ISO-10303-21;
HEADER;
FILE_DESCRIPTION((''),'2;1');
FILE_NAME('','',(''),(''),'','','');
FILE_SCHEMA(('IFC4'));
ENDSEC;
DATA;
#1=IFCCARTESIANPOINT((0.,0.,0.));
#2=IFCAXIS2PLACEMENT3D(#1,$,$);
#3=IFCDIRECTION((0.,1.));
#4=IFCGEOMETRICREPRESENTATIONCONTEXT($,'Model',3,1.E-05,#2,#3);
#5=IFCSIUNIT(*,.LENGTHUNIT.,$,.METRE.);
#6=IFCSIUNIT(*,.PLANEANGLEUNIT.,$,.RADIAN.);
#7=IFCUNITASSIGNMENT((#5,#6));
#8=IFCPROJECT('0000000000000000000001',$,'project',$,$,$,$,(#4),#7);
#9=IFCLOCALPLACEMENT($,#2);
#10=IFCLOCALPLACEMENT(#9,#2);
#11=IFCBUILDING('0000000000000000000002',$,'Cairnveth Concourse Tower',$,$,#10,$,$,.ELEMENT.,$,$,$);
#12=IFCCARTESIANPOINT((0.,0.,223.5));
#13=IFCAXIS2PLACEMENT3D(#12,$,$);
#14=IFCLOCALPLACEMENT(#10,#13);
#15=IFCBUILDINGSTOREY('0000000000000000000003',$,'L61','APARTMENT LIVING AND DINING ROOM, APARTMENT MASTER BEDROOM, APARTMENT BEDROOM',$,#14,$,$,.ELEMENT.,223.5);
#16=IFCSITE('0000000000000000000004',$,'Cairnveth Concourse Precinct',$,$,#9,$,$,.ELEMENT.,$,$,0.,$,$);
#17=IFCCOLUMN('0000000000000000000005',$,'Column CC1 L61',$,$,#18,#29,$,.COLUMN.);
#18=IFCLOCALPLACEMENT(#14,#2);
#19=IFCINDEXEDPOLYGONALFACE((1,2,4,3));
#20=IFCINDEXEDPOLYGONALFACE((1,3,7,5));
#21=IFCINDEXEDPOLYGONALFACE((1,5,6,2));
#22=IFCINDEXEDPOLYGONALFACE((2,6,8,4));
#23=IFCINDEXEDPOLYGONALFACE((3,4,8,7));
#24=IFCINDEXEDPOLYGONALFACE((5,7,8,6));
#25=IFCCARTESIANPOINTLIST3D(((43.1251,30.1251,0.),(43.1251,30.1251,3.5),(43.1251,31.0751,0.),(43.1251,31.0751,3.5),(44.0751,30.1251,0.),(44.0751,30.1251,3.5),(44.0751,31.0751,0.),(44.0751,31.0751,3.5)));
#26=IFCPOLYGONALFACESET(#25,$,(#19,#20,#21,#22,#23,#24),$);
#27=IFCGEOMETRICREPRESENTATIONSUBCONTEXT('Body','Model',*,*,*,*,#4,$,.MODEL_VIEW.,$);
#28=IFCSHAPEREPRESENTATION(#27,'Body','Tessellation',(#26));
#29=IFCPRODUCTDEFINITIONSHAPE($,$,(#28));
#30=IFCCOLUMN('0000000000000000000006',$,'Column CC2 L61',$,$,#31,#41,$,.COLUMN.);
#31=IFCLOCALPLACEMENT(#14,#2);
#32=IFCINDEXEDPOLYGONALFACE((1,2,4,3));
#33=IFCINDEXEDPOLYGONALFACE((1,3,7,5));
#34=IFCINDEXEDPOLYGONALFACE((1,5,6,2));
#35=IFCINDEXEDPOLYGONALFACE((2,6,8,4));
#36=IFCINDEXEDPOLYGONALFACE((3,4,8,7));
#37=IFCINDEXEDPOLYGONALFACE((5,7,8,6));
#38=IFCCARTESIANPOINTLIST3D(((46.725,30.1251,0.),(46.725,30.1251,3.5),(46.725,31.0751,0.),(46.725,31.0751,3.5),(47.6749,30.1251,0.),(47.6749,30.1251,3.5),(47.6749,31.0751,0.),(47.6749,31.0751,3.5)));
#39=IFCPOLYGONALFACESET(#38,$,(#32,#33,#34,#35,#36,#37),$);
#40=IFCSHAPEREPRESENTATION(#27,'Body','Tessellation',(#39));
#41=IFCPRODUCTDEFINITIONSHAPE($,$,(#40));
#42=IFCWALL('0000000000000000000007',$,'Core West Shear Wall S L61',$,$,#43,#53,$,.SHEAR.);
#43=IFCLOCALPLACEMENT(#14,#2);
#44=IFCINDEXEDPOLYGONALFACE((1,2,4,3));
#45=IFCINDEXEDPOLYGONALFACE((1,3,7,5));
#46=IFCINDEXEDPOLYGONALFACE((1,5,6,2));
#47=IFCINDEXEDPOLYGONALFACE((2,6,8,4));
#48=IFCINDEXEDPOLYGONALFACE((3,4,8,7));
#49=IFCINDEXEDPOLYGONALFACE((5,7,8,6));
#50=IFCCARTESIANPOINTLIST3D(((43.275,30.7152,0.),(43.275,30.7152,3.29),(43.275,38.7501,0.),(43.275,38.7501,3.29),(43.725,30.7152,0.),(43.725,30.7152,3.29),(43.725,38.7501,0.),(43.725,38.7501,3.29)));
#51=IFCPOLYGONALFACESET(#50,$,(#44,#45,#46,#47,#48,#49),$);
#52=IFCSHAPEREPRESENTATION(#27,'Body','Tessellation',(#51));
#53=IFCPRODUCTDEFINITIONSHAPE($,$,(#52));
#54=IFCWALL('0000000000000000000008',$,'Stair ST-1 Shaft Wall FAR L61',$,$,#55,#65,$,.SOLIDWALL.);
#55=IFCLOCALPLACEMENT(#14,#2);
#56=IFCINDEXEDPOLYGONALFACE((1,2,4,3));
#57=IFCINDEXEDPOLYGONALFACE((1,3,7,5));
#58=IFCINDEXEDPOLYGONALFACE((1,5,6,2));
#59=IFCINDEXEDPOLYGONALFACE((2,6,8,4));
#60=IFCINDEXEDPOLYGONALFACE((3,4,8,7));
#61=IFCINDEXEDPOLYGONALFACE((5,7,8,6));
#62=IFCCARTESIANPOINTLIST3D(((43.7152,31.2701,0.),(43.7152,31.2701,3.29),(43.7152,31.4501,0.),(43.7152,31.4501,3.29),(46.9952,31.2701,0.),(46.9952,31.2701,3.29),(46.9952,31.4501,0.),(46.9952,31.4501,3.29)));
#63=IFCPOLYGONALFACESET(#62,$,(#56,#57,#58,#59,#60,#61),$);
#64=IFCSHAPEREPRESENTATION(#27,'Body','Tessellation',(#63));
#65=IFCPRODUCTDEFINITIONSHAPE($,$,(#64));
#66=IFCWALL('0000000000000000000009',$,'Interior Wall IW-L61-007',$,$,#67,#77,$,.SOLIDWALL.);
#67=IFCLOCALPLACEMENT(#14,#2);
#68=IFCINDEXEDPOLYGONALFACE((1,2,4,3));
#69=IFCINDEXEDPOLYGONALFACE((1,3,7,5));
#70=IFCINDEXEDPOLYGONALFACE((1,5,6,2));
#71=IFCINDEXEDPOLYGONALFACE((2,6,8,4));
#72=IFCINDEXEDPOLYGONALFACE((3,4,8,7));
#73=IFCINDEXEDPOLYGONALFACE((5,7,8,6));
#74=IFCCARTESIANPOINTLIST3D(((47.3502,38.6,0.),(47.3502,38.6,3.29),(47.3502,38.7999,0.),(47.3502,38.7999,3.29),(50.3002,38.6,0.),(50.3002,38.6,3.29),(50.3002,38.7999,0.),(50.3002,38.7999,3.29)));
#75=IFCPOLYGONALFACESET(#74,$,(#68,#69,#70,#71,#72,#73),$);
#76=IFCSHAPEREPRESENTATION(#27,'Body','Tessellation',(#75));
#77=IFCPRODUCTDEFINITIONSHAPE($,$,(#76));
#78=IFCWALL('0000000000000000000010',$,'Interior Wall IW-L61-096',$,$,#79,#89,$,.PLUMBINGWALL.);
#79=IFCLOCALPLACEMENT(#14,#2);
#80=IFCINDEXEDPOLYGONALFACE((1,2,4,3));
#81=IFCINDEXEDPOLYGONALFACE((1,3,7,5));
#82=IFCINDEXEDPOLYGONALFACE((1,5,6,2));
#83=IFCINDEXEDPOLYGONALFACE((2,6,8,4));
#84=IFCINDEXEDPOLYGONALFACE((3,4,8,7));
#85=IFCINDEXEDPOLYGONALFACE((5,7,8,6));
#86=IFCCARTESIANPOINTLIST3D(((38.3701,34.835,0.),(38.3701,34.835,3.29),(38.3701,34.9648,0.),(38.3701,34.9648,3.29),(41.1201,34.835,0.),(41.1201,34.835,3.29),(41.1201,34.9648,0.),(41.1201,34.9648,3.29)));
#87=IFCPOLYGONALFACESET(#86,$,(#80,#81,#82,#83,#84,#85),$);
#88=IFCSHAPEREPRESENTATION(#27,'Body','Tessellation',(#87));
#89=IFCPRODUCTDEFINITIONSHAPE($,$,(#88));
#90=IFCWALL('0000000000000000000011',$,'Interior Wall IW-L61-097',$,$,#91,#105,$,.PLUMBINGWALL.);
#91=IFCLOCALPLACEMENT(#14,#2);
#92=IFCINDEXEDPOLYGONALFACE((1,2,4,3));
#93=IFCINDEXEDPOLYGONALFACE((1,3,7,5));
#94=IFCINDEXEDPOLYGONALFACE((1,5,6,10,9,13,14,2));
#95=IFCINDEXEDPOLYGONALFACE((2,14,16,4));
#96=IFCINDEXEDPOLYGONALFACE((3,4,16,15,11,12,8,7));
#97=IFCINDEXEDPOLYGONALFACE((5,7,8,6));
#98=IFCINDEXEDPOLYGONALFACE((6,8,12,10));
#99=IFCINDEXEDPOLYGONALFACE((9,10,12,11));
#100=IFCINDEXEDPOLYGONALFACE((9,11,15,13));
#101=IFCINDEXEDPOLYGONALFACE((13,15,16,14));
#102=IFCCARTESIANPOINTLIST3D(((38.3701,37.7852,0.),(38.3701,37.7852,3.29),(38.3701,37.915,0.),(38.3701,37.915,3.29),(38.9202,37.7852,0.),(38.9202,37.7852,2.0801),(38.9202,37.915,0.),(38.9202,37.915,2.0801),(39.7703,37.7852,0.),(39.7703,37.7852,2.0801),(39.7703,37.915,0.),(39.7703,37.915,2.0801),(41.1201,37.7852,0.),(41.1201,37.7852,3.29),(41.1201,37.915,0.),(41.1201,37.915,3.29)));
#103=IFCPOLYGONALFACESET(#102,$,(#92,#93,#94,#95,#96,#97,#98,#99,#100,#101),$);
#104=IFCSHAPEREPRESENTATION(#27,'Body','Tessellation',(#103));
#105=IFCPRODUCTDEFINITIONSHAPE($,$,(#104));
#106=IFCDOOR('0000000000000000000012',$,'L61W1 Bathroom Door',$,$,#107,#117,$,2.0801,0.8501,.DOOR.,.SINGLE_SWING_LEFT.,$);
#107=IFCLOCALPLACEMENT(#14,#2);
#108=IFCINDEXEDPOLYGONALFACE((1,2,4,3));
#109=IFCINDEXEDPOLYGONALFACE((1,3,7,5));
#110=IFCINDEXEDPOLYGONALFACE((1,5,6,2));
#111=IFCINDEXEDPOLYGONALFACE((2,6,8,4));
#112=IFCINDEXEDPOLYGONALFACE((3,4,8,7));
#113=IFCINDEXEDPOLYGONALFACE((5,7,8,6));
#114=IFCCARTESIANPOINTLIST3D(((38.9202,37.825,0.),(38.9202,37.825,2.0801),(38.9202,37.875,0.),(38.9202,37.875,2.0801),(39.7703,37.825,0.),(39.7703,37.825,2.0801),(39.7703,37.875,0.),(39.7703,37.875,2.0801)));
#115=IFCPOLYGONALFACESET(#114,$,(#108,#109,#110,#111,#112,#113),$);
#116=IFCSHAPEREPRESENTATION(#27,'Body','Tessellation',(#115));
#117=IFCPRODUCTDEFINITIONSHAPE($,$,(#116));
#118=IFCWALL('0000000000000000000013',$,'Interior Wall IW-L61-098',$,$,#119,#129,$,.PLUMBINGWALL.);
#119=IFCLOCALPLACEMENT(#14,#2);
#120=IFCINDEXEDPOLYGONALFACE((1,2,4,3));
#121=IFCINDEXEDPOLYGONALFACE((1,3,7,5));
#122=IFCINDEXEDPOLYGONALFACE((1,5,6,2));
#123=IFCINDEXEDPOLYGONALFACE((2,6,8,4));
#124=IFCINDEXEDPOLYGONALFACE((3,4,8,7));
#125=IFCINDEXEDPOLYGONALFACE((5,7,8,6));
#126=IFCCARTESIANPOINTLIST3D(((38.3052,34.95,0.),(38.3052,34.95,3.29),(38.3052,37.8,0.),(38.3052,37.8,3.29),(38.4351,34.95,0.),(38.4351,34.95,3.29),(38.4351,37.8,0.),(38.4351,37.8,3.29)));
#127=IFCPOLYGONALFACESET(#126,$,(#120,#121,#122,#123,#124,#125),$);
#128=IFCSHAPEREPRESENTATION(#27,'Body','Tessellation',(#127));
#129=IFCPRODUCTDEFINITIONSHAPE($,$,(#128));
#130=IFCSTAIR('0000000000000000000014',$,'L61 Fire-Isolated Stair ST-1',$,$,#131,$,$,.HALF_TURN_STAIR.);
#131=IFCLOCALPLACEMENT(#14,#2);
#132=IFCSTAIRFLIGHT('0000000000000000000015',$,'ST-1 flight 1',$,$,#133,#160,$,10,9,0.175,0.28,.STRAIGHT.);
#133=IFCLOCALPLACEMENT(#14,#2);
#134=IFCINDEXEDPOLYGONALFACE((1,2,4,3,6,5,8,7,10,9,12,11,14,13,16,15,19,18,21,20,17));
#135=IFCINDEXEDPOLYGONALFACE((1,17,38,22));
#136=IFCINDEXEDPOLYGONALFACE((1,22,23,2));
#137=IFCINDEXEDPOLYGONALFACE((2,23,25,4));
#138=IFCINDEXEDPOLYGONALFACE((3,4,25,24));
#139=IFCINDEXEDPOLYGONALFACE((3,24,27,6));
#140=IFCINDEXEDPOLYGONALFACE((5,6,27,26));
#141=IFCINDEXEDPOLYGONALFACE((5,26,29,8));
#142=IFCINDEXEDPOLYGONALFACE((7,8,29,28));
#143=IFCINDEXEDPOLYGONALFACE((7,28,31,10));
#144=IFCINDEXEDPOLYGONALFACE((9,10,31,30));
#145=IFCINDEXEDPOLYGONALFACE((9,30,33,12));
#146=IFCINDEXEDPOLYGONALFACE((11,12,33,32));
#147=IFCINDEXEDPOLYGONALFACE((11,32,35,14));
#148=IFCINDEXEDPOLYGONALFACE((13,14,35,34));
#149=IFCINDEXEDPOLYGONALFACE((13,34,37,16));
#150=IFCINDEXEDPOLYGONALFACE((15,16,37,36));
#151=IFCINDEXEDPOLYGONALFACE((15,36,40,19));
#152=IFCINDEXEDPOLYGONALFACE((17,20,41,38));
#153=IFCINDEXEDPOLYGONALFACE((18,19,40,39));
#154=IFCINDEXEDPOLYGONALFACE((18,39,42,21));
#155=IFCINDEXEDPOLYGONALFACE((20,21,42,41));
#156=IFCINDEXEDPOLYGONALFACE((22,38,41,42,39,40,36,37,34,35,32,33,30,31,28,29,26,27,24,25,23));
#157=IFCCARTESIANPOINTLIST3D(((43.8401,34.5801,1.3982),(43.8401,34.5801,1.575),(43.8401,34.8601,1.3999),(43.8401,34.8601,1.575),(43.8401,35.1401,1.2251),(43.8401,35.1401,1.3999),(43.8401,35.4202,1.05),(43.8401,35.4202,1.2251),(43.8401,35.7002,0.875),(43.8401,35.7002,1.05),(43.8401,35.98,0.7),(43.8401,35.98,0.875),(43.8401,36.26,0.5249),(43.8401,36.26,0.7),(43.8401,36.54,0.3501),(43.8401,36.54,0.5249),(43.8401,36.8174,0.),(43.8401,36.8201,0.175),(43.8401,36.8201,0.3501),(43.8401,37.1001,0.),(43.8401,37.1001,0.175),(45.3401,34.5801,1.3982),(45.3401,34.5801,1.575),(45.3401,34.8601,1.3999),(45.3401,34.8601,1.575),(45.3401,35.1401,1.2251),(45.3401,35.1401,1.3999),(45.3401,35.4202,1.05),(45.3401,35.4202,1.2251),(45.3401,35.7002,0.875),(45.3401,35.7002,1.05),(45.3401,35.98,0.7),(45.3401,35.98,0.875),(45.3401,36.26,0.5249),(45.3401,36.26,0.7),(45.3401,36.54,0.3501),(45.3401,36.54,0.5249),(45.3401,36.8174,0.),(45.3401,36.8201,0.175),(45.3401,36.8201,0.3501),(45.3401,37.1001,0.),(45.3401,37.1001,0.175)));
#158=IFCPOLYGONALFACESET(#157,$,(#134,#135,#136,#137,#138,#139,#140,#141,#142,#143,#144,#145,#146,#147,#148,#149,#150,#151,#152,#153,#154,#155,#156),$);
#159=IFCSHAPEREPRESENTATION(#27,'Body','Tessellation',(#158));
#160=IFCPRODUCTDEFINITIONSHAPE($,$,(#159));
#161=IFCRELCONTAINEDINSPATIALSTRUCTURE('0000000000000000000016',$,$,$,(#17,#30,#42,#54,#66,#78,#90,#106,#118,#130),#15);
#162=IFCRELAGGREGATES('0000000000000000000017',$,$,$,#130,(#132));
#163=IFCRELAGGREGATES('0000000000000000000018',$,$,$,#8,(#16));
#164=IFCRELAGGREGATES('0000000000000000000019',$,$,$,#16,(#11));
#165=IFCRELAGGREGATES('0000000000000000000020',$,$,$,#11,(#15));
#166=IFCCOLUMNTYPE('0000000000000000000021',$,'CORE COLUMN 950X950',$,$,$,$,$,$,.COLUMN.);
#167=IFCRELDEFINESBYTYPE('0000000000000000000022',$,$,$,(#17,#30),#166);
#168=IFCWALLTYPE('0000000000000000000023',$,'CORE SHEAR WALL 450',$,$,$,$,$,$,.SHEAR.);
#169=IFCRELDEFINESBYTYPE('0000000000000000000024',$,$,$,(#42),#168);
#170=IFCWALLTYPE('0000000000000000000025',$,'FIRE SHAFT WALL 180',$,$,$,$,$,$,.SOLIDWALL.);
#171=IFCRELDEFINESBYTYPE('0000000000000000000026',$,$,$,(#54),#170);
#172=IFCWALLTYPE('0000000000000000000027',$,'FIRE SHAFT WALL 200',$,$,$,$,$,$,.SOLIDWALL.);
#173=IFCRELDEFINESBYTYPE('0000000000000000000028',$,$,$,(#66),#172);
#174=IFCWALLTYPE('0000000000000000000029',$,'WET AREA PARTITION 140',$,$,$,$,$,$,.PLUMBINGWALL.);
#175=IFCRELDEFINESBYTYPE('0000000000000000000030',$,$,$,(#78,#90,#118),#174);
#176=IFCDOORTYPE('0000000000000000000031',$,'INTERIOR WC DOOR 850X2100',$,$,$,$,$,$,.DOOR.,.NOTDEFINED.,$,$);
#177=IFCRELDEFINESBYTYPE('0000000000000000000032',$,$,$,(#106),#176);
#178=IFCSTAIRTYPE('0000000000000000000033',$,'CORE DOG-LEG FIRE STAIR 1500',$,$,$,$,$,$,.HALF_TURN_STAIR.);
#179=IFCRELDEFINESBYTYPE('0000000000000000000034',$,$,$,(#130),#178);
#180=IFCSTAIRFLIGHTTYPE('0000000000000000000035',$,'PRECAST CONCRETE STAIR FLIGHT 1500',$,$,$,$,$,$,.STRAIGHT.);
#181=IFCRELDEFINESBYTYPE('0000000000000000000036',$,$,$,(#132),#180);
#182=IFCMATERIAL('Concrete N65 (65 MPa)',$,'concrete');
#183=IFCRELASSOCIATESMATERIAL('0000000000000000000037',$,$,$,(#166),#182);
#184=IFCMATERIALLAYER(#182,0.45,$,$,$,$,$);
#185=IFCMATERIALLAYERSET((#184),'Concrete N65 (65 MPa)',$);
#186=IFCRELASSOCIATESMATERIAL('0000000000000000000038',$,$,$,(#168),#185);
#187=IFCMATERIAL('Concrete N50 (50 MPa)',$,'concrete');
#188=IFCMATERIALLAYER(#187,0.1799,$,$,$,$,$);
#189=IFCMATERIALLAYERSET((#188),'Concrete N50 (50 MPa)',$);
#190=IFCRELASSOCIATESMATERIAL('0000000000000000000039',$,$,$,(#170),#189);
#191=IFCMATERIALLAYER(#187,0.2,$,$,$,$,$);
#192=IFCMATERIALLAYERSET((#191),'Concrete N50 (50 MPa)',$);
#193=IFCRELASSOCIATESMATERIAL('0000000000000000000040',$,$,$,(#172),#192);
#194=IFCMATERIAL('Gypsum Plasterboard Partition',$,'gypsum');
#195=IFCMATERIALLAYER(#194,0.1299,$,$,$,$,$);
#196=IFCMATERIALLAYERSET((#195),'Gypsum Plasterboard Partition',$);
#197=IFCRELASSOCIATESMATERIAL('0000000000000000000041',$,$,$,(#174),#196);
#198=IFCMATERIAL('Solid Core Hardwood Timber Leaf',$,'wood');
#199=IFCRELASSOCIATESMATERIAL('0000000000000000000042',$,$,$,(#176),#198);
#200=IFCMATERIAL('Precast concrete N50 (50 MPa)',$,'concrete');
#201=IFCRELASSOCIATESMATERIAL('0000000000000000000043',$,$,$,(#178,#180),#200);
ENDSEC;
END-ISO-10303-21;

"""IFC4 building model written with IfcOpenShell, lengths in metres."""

from ifc_helpers import new_model, si_unit, direction, frame, frame_2d, origin, origin_2d, place, context, subcontext, project, spatial, polyline, rectangle, outline, extrude, material, layer, layer_set, material_profile, profile_set, type_object, element, fill, aggregate, save


model = new_model("IFC4")

# Units and contexts
model_context = context("Model", 3, precision=1e-05, world=origin(), true_north=direction((0.0, 1.0)))
body_context = subcontext(model_context, "Body", "Model", "MODEL_VIEW")
ifc_project = project(units=[si_unit("LENGTHUNIT", "METRE"), si_unit("PLANEANGLEUNIT", "RADIAN")], contexts=[model_context])

# Site, building, storey
site_placement = place(None, origin())
site = spatial("IfcSite", under=ifc_project, at=site_placement, Name="Cairnveth Concourse Precinct", CompositionType="ELEMENT", RefElevation=0.0)
building_placement = place(site_placement, origin())
building = spatial("IfcBuilding", under=site, at=building_placement, Name="Cairnveth Concourse Tower", CompositionType="ELEMENT")
storey_placement = place(building_placement, frame((0.0, 0.0, 223.5)))
storey = spatial("IfcBuildingStorey", under=building, at=storey_placement, Name="L61", Description="APARTMENT LIVING AND DINING ROOM, APARTMENT MASTER BEDROOM, APARTMENT BEDROOM", CompositionType="ELEMENT", Elevation=223.5)

# Columns
ifc_material_1 = material(Name="Concrete N65 (65 MPa)", Category="concrete")
ifc_material_profile = material_profile(ifc_material_1, rectangle(XDim=0.95, YDim=0.95, at=origin_2d()), Name="RC-COL-950x950")
ifc_profile_set = profile_set([ifc_material_profile], Name="Concrete N65 (65 MPa)")
column_type = type_object("IfcColumnType", Name="CORE COLUMN 950X950", PredefinedType="COLUMN", material=ifc_profile_set)
for number, where, z_axis, x_axis, name in (
    (1, (43.6001, 30.6001, 0.0), (0.0, 0.0, 1.0), (1.0, 0.0, 0.0), "Column CC1 L61"),
    (2, (47.2, 30.6001, 0.0), (0.0, 0.0, 1.0), (1.0, 0.0, 0.0), "Column CC2 L61"),
):
    element("IfcColumn", number, at=place(storey_placement, frame(where, z_axis=z_axis, x_axis=x_axis)), inside=storey, type_object=column_type, Name=name, PredefinedType="COLUMN", context=body_context, shape_type="SweptSolid", body=[
        extrude(rectangle(XDim=0.95, YDim=0.95, at=origin_2d()), origin(), (0.0, 0.0, 1.0), 3.5),
    ])

# Wall
ifc_layer_1 = layer(ifc_material_1, 0.45)
ifc_layer_set_1 = layer_set([ifc_layer_1], Name="Concrete N65 (65 MPa)")
wall_type_1 = type_object("IfcWallType", Name="CORE SHEAR WALL 450", PredefinedType="SHEAR", material=ifc_layer_set_1)
wall_1_placement = place(storey_placement, frame((43.5, 30.7151, 0.0), z_axis=(0.0, 0.0, 1.0), x_axis=(0.0, 1.0, 0.0)))
element("IfcWall", 3, at=wall_1_placement, inside=storey, type_object=wall_type_1, Name="Core West Shear Wall S L61", PredefinedType="SHEAR", context=body_context, shape_type="SweptSolid", body=[
    extrude(rectangle(XDim=8.0349, YDim=0.45, at=frame_2d((4.0176, 0.0))), origin(), (0.0, 0.0, 1.0), 3.29),
])

# Shared definitions
ifc_material_2 = material(Name="Concrete N50 (50 MPa)", Category="concrete")
ifc_layer_2 = layer(ifc_material_2, 0.1799)
ifc_layer_set_2 = layer_set([ifc_layer_2], Name="Concrete N50 (50 MPa)")
wall_type_2 = type_object("IfcWallType", Name="FIRE SHAFT WALL 180", PredefinedType="SOLIDWALL", material=ifc_layer_set_2)

# Walls
wall_2_placement = place(storey_placement, frame((43.7151, 31.3601, 0.0), z_axis=(0.0, 0.0, 1.0), x_axis=(1.0, 0.0, 0.0)))
element("IfcWall", 4, at=wall_2_placement, inside=storey, type_object=wall_type_2, Name="Stair ST-1 Shaft Wall FAR L61", PredefinedType="SOLIDWALL", context=body_context, shape_type="SweptSolid", body=[
    extrude(rectangle(XDim=3.28, YDim=0.1799, at=frame_2d((1.6401, 0.0))), origin(), (0.0, 0.0, 1.0), 3.29),
])
ifc_layer_3 = layer(ifc_material_2, 0.2)
ifc_layer_set_3 = layer_set([ifc_layer_3], Name="Concrete N50 (50 MPa)")
wall_type_3 = type_object("IfcWallType", Name="FIRE SHAFT WALL 200", PredefinedType="SOLIDWALL", material=ifc_layer_set_3)
wall_3_placement = place(storey_placement, frame((47.3501, 38.7, 0.0), z_axis=(0.0, 0.0, 1.0), x_axis=(1.0, 0.0, 0.0)))
element("IfcWall", 5, at=wall_3_placement, inside=storey, type_object=wall_type_3, Name="Interior Wall IW-L61-007", PredefinedType="SOLIDWALL", context=body_context, shape_type="SweptSolid", body=[
    extrude(rectangle(XDim=2.95, YDim=0.2, at=frame_2d((1.4751, 0.0))), origin(), (0.0, 0.0, 1.0), 3.29),
])
ifc_material_3 = material(Name="Gypsum Plasterboard Partition", Category="gypsum")
ifc_layer_4 = layer(ifc_material_3, 0.1299)
ifc_layer_set_4 = layer_set([ifc_layer_4], Name="Gypsum Plasterboard Partition")
wall_type_4 = type_object("IfcWallType", Name="WET AREA PARTITION 140", PredefinedType="PLUMBINGWALL", material=ifc_layer_set_4)
wall_4_placement = place(storey_placement, frame((38.3701, 34.8999, 0.0), z_axis=(0.0, 0.0, 1.0), x_axis=(1.0, 0.0, 0.0)))
element("IfcWall", 6, at=wall_4_placement, inside=storey, type_object=wall_type_4, Name="Interior Wall IW-L61-096", PredefinedType="PLUMBINGWALL", context=body_context, shape_type="SweptSolid", body=[
    extrude(rectangle(XDim=2.75, YDim=0.1299, at=frame_2d((1.375, 0.0))), origin(), (0.0, 0.0, 1.0), 3.29),
])

# Wall, opening, door
wall_5_placement = place(storey_placement, frame((38.3701, 37.8501, 0.0), z_axis=(0.0, 0.0, 1.0), x_axis=(1.0, 0.0, 0.0)))
wall_5 = element("IfcWall", 7, at=wall_5_placement, inside=storey, type_object=wall_type_4, Name="Interior Wall IW-L61-097", PredefinedType="PLUMBINGWALL", context=body_context, shape_type="SweptSolid", body=[
    extrude(rectangle(XDim=2.75, YDim=0.1299, at=frame_2d((1.375, 0.0))), origin(), (0.0, 0.0, 1.0), 3.29),
])
opening_1_placement = place(wall_5_placement, frame((0.55, 0.0, 0.0)))
opening_1 = element("IfcOpeningElement", 8, at=opening_1_placement, cuts=wall_5, PredefinedType="OPENING", context=body_context, shape_type="SweptSolid", body=[
    extrude(rectangle(XDim=0.8501, YDim=2.0801, at=frame_2d((0.425, 1.04))), frame((0.0, 0.075, 0.0), z_axis=(0.0, -1.0, 0.0), x_axis=(1.0, 0.0, 0.0)), (0.0, 0.0, 1.0), 0.1499),
])
ifc_material_4 = material(Name="Solid Core Hardwood Timber Leaf", Category="wood")
door_type_1 = type_object("IfcDoorType", Name="INTERIOR WC DOOR 850X2100", OperationType="NOTDEFINED", PredefinedType="DOOR", material=ifc_material_4)
door_1_placement = place(opening_1_placement, origin())
door_1 = element("IfcDoor", 9, at=door_1_placement, inside=storey, type_object=door_type_1, Name="L61W1 Bathroom Door", OperationType="SINGLE_SWING_LEFT", OverallHeight=2.0801, OverallWidth=0.8501, PredefinedType="DOOR", context=body_context, shape_type="SweptSolid", body=[
    extrude(rectangle(XDim=0.8501, YDim=2.0801, at=frame_2d((0.425, 1.04))), frame((0.0, 0.0249, 0.0), z_axis=(0.0, -1.0, 0.0), x_axis=(1.0, 0.0, 0.0)), (0.0, 0.0, 1.0), 0.05),
])
fill(opening_1, door_1)

# Wall
wall_6_placement = place(storey_placement, frame((38.3701, 34.95, 0.0), z_axis=(0.0, 0.0, 1.0), x_axis=(0.0, 1.0, 0.0)))
element("IfcWall", 10, at=wall_6_placement, inside=storey, type_object=wall_type_4, Name="Interior Wall IW-L61-098", PredefinedType="PLUMBINGWALL", context=body_context, shape_type="SweptSolid", body=[
    extrude(rectangle(XDim=2.8501, YDim=0.1299, at=frame_2d((1.425, 0.0))), origin(), (0.0, 0.0, 1.0), 3.29),
])

# Stair, stair flight
ifc_material_5 = material(Name="Precast concrete N50 (50 MPa)", Category="concrete")
stair_type = type_object("IfcStairType", Name="CORE DOG-LEG FIRE STAIR 1500", PredefinedType="HALF_TURN_STAIR", material=ifc_material_5)
stair_placement = place(storey_placement, origin())
stair = element("IfcStair", 11, at=stair_placement, inside=storey, type_object=stair_type, Name="L61 Fire-Isolated Stair ST-1", PredefinedType="HALF_TURN_STAIR")
stair_flight_type = type_object("IfcStairFlightType", Name="PRECAST CONCRETE STAIR FLIGHT 1500", PredefinedType="STRAIGHT", material=ifc_material_5)
stair_flight_1_placement = place(storey_placement, frame((44.5901, 37.1001, 0.0), z_axis=(0.0, 0.0, 1.0), x_axis=(0.0, -1.0, 0.0)))
stair_flight_1 = element("IfcStairFlight", 12, at=stair_flight_1_placement, type_object=stair_flight_type, Name="ST-1 flight 1", NumberOfRisers=10, NumberOfTreads=9, PredefinedType="STRAIGHT", RiserHeight=0.175, TreadLength=0.28, context=body_context, shape_type="SweptSolid", body=[
    extrude(outline(polyline([(0.0, 0.0), (0.0, 0.175), (0.28, 0.175), (0.28, 0.3501), (0.5601, 0.3501), (0.5601, 0.5249), (0.8401, 0.5249), (0.8401, 0.7), (1.1201, 0.7), (1.1201, 0.875), (1.3999, 0.875), (1.3999, 1.05), (1.6799, 1.05), (1.6799, 1.2251), (1.96, 1.2251), (1.96, 1.3999), (2.24, 1.3999), (2.24, 1.575), (2.52, 1.575), (2.52, 1.75), (2.52, 1.3982), (0.2827, 0.0), (0.0, 0.0)])), frame((0.0, 0.75, 0.0), z_axis=(0.0, -1.0, 0.0), x_axis=(1.0, 0.0, 0.0)), (0.0, 0.0, 1.0), 1.5),
])
aggregate(stair, [stair_flight_1])

save(model, "model.ifc")
